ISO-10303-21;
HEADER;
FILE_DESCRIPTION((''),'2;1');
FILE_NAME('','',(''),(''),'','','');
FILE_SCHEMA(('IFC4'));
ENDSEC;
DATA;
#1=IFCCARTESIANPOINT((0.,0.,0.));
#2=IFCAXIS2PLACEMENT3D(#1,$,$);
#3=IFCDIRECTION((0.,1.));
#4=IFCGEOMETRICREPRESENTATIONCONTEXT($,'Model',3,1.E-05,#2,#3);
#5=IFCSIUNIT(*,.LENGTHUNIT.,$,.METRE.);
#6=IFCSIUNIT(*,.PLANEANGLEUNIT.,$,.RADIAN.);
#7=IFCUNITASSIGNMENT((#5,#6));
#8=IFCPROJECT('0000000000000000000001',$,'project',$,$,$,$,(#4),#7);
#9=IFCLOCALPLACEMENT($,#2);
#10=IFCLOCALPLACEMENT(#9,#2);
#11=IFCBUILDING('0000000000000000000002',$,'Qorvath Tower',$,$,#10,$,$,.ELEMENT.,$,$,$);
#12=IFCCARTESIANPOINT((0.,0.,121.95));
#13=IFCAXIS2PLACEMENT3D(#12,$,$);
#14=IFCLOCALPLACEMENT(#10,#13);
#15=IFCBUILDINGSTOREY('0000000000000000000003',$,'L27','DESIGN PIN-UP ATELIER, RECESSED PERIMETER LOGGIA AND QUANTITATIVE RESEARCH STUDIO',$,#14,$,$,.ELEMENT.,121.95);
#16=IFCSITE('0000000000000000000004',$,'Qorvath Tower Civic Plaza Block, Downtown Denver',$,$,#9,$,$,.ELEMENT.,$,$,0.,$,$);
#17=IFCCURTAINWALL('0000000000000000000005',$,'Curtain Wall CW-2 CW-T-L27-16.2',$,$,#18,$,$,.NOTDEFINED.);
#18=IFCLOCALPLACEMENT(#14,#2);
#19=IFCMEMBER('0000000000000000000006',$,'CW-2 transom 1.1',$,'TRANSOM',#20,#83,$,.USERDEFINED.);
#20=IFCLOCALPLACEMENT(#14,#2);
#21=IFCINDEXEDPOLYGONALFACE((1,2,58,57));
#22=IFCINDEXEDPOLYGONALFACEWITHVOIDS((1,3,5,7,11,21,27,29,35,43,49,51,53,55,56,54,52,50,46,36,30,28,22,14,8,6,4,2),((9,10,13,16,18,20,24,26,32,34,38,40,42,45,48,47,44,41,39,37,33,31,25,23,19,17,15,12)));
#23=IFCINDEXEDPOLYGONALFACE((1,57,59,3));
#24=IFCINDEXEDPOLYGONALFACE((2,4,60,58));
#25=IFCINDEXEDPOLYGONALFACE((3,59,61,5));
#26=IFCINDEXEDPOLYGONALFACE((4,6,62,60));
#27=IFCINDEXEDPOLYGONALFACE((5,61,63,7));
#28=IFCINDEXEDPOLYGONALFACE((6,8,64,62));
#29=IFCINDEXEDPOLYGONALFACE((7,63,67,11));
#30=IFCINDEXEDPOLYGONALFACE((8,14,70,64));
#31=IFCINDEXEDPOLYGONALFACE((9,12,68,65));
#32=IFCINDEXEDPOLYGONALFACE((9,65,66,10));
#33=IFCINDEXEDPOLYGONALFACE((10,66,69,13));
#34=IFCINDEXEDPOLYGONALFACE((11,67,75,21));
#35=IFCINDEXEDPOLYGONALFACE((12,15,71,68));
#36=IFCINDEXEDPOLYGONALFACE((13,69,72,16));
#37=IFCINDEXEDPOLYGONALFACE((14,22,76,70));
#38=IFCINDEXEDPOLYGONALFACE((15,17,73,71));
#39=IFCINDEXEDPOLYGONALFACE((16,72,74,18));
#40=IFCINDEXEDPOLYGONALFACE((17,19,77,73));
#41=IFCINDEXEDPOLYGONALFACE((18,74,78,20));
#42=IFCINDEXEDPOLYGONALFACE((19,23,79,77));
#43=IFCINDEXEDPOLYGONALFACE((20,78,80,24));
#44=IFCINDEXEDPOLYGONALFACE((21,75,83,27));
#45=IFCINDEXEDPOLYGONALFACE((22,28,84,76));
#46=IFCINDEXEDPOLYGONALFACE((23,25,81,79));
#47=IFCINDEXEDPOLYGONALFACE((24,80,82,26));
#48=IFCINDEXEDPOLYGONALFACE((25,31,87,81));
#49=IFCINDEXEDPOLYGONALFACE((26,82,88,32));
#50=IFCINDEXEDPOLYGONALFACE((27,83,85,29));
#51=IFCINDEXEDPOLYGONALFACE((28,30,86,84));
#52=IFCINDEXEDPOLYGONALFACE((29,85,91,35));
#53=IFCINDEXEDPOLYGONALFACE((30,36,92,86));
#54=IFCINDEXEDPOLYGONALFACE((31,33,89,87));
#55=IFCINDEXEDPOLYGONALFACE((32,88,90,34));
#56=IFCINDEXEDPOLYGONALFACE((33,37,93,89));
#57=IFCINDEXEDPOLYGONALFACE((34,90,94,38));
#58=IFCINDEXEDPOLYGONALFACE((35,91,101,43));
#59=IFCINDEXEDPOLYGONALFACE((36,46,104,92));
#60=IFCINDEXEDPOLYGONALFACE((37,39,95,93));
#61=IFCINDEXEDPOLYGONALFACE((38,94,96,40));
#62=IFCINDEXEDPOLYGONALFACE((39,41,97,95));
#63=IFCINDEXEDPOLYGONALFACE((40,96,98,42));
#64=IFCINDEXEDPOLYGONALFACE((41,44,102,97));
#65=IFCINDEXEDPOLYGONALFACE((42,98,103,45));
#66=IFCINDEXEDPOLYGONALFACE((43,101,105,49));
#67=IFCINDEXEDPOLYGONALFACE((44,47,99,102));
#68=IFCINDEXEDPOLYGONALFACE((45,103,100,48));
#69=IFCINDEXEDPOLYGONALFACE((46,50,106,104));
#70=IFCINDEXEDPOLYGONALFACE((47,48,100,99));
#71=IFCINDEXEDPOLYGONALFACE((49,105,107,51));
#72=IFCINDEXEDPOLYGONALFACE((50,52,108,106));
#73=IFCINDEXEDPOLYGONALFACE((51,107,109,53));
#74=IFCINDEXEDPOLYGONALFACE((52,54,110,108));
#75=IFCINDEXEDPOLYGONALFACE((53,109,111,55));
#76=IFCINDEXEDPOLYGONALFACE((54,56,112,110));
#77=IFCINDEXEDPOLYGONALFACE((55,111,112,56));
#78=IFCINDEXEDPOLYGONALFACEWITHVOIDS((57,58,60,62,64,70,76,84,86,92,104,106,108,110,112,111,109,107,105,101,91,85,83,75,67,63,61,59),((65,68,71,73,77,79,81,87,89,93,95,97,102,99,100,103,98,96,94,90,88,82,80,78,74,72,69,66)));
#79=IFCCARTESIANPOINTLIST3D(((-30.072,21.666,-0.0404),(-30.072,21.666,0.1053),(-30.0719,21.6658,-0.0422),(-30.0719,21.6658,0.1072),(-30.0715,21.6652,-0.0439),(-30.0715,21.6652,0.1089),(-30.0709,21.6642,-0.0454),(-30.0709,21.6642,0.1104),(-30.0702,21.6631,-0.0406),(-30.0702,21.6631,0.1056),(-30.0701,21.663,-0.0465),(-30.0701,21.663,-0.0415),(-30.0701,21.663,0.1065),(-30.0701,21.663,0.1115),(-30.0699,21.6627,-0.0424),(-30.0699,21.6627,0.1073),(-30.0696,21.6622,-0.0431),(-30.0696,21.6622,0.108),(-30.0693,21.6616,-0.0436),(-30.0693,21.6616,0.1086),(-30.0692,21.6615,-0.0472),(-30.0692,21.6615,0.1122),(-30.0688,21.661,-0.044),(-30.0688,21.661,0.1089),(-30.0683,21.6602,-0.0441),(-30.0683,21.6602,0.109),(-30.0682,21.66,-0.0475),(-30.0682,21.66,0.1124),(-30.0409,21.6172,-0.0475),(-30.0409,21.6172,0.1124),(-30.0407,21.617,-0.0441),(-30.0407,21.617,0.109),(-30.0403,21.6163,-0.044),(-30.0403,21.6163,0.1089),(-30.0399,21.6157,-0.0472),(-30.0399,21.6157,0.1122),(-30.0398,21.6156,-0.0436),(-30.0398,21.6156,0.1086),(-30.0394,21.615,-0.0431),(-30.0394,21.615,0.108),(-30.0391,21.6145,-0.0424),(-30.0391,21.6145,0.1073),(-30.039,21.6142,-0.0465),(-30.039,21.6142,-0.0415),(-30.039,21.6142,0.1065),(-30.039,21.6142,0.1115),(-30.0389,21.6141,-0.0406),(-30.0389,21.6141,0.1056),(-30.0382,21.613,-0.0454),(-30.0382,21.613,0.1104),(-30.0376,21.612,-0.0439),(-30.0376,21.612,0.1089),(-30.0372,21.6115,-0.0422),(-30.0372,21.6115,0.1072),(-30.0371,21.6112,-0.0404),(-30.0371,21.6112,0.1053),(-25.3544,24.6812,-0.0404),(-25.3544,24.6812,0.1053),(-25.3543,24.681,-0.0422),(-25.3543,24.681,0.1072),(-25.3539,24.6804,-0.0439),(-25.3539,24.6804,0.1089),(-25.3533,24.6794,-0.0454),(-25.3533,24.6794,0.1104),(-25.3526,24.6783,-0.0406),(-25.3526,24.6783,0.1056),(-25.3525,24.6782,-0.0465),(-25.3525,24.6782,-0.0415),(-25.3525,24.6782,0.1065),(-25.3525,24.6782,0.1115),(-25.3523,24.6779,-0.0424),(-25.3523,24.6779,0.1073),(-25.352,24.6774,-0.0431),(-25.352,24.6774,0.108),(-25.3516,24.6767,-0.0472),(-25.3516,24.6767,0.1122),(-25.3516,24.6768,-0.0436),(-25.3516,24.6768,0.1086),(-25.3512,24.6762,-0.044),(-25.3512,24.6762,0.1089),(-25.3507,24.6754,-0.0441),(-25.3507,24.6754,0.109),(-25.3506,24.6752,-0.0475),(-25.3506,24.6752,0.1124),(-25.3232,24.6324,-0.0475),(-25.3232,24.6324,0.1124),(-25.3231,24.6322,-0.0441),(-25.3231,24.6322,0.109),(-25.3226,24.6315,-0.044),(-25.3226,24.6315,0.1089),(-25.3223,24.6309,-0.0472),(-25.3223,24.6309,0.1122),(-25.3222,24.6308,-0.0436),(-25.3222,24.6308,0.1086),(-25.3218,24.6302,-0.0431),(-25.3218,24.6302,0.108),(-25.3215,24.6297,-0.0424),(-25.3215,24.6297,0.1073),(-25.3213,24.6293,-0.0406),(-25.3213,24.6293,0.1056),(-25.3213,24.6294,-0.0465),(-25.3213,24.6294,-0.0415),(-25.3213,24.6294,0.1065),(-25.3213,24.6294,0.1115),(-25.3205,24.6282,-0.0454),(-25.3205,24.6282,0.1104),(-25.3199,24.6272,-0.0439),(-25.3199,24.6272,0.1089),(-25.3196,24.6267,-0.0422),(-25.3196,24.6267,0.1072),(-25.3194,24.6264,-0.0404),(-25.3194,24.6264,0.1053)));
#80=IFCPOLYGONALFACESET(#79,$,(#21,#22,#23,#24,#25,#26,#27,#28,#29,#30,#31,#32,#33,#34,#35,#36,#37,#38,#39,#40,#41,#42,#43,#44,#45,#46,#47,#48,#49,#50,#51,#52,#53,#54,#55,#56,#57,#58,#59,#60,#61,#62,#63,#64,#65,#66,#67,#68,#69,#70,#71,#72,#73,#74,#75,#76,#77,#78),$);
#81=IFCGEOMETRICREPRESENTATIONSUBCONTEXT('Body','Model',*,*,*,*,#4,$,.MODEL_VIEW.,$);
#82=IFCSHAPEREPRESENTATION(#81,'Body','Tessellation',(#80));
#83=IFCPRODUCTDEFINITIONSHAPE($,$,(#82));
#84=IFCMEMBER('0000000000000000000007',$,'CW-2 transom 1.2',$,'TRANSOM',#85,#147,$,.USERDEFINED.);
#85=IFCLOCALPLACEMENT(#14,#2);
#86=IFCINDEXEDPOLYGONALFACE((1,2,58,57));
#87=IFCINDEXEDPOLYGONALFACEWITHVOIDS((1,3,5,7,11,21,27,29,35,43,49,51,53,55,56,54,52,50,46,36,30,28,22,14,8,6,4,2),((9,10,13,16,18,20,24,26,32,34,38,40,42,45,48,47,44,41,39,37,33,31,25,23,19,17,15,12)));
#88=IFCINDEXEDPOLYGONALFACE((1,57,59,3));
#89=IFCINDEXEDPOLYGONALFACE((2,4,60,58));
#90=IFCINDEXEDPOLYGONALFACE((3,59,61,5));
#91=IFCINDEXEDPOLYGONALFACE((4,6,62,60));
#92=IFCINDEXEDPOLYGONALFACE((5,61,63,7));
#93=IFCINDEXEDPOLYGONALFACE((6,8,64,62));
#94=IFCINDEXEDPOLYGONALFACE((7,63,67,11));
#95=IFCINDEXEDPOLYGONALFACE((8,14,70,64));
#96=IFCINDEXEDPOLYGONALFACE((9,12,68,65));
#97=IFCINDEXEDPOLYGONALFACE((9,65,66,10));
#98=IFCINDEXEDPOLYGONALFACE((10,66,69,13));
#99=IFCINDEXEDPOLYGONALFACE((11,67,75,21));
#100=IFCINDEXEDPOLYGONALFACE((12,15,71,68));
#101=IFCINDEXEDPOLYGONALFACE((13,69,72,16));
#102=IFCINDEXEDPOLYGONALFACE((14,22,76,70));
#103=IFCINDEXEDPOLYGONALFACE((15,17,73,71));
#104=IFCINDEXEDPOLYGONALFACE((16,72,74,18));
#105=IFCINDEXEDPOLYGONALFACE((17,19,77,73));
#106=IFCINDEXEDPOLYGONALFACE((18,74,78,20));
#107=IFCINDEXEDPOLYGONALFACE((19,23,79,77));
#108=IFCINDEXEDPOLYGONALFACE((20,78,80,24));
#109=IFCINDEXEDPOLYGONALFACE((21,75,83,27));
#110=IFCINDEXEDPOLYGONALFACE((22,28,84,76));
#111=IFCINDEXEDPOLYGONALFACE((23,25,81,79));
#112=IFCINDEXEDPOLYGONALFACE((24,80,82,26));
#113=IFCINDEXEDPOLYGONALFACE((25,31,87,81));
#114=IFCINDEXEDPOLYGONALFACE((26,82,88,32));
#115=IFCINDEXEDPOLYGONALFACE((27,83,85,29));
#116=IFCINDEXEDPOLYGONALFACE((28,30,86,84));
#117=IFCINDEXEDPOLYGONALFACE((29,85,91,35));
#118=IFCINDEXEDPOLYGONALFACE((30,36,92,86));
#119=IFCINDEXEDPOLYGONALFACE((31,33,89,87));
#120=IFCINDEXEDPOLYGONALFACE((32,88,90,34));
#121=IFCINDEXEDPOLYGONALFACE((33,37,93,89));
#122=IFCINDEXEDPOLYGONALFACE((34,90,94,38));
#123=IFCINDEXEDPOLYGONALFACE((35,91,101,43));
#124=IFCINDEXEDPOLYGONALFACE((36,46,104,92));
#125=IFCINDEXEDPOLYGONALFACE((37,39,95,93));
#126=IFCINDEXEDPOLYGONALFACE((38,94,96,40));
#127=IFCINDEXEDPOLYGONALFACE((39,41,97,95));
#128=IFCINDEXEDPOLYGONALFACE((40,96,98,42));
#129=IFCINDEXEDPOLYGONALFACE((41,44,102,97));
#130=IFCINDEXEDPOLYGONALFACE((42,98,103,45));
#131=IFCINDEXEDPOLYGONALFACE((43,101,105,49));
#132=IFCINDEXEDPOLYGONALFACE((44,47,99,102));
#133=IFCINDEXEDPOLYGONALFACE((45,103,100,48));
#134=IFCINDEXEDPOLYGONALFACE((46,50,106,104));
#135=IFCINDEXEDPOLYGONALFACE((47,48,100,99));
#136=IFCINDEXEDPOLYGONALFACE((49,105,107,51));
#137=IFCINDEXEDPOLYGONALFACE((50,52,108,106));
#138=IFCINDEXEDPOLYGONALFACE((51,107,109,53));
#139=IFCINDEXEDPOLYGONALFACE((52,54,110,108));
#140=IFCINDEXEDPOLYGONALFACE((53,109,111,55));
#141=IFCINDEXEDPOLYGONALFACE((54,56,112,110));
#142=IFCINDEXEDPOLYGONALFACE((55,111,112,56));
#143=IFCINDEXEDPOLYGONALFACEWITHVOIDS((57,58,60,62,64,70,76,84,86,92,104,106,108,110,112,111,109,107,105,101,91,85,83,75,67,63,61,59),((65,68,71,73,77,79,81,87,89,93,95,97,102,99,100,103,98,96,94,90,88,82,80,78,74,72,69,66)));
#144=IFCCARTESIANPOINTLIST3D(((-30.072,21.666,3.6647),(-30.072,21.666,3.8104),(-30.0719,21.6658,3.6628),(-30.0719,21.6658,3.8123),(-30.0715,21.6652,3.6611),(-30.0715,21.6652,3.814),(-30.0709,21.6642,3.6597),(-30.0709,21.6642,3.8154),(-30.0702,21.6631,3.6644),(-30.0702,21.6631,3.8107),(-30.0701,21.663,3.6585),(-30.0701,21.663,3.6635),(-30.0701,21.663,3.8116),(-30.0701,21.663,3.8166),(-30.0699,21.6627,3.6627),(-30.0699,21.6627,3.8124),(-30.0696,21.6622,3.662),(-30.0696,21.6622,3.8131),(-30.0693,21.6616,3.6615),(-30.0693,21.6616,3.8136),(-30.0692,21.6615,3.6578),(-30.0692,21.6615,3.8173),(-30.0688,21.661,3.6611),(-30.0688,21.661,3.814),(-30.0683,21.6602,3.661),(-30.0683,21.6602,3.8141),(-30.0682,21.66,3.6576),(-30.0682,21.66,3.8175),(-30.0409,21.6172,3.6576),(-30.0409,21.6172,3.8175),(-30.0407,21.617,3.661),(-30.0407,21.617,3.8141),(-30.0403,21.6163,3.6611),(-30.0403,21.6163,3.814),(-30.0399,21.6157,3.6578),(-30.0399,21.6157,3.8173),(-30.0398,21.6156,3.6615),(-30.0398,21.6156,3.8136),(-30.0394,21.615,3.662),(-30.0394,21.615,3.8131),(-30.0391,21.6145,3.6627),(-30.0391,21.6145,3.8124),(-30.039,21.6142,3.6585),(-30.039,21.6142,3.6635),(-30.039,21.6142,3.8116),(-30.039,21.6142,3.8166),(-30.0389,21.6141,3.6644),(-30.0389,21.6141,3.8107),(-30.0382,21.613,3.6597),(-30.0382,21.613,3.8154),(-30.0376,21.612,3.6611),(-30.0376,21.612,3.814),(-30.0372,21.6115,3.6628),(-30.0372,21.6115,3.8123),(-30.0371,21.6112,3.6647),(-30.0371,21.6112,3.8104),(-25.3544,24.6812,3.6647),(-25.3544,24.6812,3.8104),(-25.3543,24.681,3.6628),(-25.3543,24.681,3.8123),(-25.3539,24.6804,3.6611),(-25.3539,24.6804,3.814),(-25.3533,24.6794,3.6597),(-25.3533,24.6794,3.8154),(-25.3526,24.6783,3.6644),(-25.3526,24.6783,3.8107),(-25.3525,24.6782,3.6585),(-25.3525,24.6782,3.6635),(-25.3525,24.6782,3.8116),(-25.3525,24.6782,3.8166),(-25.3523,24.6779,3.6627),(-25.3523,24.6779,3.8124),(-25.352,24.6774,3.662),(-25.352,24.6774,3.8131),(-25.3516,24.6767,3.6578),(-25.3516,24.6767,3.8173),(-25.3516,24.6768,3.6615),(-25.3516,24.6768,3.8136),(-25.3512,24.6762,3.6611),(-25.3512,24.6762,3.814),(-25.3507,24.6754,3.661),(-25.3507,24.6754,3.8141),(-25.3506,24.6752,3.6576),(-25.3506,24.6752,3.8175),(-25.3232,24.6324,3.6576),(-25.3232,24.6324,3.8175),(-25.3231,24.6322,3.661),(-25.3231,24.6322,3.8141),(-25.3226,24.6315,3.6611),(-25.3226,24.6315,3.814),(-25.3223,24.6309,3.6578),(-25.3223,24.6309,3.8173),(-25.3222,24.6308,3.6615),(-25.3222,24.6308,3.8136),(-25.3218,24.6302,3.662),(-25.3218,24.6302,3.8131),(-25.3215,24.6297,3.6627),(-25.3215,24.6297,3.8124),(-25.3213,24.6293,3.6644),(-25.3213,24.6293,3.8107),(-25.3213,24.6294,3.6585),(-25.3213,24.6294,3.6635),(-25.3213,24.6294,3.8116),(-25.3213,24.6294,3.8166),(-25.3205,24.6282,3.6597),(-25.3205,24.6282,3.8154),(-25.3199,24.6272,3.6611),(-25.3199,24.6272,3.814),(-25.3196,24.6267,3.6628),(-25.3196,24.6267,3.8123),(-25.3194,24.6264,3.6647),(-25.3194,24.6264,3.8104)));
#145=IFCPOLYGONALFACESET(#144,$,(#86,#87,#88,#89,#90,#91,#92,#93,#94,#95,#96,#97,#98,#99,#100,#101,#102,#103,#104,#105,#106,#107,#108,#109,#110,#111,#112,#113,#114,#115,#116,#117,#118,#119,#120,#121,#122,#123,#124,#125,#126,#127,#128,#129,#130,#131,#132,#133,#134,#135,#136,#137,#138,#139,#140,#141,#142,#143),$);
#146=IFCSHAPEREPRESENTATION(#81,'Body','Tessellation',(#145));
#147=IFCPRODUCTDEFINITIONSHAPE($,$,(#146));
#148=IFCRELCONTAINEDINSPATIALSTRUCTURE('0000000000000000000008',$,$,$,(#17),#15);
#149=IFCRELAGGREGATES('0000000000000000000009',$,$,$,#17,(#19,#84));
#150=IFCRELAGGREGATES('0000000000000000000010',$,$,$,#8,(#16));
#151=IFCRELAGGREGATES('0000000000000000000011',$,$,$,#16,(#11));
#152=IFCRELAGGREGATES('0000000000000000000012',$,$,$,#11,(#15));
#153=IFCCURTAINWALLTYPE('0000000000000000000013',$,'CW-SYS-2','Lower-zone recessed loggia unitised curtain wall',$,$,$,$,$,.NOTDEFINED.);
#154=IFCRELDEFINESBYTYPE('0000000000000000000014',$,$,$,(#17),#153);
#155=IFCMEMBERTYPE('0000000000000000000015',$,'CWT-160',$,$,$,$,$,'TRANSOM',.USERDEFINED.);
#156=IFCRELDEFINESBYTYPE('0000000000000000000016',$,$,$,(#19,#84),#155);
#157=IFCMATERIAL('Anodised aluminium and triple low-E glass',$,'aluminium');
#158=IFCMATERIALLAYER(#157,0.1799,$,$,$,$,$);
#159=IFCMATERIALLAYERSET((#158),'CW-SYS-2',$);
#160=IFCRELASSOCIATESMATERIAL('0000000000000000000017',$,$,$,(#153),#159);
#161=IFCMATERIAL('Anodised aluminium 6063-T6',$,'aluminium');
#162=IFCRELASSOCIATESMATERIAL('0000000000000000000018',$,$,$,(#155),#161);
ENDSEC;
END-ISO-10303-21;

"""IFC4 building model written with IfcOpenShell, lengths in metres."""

from ifc_helpers import new_model, si_unit, direction, frame, origin, origin_2d, place, context, subcontext, project, spatial, hollow_rectangle, extrude, material, layer, layer_set, material_profile, profile_set, type_object, element, aggregate, save


model = new_model("IFC4")

# Units and contexts
model_context = context("Model", 3, precision=1e-05, world=origin(), true_north=direction((0.0, 1.0)))
body_context = subcontext(model_context, "Body", "Model", "MODEL_VIEW")
ifc_project = project(units=[si_unit("LENGTHUNIT", "METRE"), si_unit("PLANEANGLEUNIT", "RADIAN")], contexts=[model_context])

# Site, building, storey
site_placement = place(None, origin())
site = spatial("IfcSite", under=ifc_project, at=site_placement, Name="Qorvath Tower Civic Plaza Block, Downtown Denver", CompositionType="ELEMENT", RefElevation=0.0)
building_placement = place(site_placement, origin())
building = spatial("IfcBuilding", under=site, at=building_placement, Name="Qorvath Tower", CompositionType="ELEMENT")
storey_placement = place(building_placement, frame((0.0, 0.0, 121.95)))
storey = spatial("IfcBuildingStorey", under=building, at=storey_placement, Name="L27", Description="DESIGN PIN-UP ATELIER, RECESSED PERIMETER LOGGIA AND QUANTITATIVE RESEARCH STUDIO", CompositionType="ELEMENT", Elevation=121.95)

# Curtain wall
ifc_material_1 = material(Name="Anodised aluminium and triple low-E glass", Category="aluminium")
ifc_layer_1 = layer(ifc_material_1, 0.1799)
ifc_layer_set_1 = layer_set([ifc_layer_1], Name="CW-SYS-2")
curtain_wall_type = type_object("IfcCurtainWallType", Name="CW-SYS-2", Description="Lower-zone recessed loggia unitised curtain wall", PredefinedType="NOTDEFINED", material=ifc_layer_set_1)
curtain_wall_1_placement = place(storey_placement, origin())
curtain_wall_1 = element("IfcCurtainWall", 1, at=curtain_wall_1_placement, inside=storey, type_object=curtain_wall_type, Name="Curtain Wall CW-2 CW-T-L27-16.2", PredefinedType="NOTDEFINED")

# Members
ifc_material_2 = material(Name="Anodised aluminium 6063-T6", Category="aluminium")
ifc_material_profile_1 = material_profile(ifc_material_2, hollow_rectangle(XDim=0.0649, YDim=0.1599, WallThickness=0.0034, InnerFilletRadius=0.0034, OuterFilletRadius=0.0071, at=origin_2d()), Name="CWT 160x65")
ifc_profile_set_1 = profile_set([ifc_material_profile_1], Name="Anodised aluminium 6063-T6")
member_type_1 = type_object("IfcMemberType", Name="CWT-160", ElementType="TRANSOM", PredefinedType="USERDEFINED", material=ifc_profile_set_1)
member_1_placement = place(storey_placement, frame((-25.3369, 24.6538, 0.0325), z_axis=(-0.842602, -0.538536, 0.0), x_axis=(0.538536, -0.842602, 0.0)))
member_1 = element("IfcMember", 2, at=member_1_placement, type_object=member_type_1, Name="CW-2 transom 1.1", ObjectType="TRANSOM", PredefinedType="USERDEFINED", context=body_context, shape_type="SweptSolid", body=[
    extrude(hollow_rectangle(XDim=0.0649, YDim=0.1599, WallThickness=0.0034, InnerFilletRadius=0.0034, OuterFilletRadius=0.0071, at=origin_2d()), origin(), (0.0, 0.0, 1.0), 5.5989),
])
member_2_placement = place(storey_placement, frame((-25.3369, 24.6538, 3.7375), z_axis=(-0.842602, -0.538536, 0.0), x_axis=(0.538536, -0.842602, 0.0)))
member_2 = element("IfcMember", 3, at=member_2_placement, type_object=member_type_1, Name="CW-2 transom 1.2", ObjectType="TRANSOM", PredefinedType="USERDEFINED", context=body_context, shape_type="SweptSolid", body=[
    extrude(hollow_rectangle(XDim=0.0649, YDim=0.1599, WallThickness=0.0034, InnerFilletRadius=0.0034, OuterFilletRadius=0.0071, at=origin_2d()), origin(), (0.0, 0.0, 1.0), 5.5989),
])

aggregate(curtain_wall_1, [member_1, member_2])

save(model, "model.ifc")
